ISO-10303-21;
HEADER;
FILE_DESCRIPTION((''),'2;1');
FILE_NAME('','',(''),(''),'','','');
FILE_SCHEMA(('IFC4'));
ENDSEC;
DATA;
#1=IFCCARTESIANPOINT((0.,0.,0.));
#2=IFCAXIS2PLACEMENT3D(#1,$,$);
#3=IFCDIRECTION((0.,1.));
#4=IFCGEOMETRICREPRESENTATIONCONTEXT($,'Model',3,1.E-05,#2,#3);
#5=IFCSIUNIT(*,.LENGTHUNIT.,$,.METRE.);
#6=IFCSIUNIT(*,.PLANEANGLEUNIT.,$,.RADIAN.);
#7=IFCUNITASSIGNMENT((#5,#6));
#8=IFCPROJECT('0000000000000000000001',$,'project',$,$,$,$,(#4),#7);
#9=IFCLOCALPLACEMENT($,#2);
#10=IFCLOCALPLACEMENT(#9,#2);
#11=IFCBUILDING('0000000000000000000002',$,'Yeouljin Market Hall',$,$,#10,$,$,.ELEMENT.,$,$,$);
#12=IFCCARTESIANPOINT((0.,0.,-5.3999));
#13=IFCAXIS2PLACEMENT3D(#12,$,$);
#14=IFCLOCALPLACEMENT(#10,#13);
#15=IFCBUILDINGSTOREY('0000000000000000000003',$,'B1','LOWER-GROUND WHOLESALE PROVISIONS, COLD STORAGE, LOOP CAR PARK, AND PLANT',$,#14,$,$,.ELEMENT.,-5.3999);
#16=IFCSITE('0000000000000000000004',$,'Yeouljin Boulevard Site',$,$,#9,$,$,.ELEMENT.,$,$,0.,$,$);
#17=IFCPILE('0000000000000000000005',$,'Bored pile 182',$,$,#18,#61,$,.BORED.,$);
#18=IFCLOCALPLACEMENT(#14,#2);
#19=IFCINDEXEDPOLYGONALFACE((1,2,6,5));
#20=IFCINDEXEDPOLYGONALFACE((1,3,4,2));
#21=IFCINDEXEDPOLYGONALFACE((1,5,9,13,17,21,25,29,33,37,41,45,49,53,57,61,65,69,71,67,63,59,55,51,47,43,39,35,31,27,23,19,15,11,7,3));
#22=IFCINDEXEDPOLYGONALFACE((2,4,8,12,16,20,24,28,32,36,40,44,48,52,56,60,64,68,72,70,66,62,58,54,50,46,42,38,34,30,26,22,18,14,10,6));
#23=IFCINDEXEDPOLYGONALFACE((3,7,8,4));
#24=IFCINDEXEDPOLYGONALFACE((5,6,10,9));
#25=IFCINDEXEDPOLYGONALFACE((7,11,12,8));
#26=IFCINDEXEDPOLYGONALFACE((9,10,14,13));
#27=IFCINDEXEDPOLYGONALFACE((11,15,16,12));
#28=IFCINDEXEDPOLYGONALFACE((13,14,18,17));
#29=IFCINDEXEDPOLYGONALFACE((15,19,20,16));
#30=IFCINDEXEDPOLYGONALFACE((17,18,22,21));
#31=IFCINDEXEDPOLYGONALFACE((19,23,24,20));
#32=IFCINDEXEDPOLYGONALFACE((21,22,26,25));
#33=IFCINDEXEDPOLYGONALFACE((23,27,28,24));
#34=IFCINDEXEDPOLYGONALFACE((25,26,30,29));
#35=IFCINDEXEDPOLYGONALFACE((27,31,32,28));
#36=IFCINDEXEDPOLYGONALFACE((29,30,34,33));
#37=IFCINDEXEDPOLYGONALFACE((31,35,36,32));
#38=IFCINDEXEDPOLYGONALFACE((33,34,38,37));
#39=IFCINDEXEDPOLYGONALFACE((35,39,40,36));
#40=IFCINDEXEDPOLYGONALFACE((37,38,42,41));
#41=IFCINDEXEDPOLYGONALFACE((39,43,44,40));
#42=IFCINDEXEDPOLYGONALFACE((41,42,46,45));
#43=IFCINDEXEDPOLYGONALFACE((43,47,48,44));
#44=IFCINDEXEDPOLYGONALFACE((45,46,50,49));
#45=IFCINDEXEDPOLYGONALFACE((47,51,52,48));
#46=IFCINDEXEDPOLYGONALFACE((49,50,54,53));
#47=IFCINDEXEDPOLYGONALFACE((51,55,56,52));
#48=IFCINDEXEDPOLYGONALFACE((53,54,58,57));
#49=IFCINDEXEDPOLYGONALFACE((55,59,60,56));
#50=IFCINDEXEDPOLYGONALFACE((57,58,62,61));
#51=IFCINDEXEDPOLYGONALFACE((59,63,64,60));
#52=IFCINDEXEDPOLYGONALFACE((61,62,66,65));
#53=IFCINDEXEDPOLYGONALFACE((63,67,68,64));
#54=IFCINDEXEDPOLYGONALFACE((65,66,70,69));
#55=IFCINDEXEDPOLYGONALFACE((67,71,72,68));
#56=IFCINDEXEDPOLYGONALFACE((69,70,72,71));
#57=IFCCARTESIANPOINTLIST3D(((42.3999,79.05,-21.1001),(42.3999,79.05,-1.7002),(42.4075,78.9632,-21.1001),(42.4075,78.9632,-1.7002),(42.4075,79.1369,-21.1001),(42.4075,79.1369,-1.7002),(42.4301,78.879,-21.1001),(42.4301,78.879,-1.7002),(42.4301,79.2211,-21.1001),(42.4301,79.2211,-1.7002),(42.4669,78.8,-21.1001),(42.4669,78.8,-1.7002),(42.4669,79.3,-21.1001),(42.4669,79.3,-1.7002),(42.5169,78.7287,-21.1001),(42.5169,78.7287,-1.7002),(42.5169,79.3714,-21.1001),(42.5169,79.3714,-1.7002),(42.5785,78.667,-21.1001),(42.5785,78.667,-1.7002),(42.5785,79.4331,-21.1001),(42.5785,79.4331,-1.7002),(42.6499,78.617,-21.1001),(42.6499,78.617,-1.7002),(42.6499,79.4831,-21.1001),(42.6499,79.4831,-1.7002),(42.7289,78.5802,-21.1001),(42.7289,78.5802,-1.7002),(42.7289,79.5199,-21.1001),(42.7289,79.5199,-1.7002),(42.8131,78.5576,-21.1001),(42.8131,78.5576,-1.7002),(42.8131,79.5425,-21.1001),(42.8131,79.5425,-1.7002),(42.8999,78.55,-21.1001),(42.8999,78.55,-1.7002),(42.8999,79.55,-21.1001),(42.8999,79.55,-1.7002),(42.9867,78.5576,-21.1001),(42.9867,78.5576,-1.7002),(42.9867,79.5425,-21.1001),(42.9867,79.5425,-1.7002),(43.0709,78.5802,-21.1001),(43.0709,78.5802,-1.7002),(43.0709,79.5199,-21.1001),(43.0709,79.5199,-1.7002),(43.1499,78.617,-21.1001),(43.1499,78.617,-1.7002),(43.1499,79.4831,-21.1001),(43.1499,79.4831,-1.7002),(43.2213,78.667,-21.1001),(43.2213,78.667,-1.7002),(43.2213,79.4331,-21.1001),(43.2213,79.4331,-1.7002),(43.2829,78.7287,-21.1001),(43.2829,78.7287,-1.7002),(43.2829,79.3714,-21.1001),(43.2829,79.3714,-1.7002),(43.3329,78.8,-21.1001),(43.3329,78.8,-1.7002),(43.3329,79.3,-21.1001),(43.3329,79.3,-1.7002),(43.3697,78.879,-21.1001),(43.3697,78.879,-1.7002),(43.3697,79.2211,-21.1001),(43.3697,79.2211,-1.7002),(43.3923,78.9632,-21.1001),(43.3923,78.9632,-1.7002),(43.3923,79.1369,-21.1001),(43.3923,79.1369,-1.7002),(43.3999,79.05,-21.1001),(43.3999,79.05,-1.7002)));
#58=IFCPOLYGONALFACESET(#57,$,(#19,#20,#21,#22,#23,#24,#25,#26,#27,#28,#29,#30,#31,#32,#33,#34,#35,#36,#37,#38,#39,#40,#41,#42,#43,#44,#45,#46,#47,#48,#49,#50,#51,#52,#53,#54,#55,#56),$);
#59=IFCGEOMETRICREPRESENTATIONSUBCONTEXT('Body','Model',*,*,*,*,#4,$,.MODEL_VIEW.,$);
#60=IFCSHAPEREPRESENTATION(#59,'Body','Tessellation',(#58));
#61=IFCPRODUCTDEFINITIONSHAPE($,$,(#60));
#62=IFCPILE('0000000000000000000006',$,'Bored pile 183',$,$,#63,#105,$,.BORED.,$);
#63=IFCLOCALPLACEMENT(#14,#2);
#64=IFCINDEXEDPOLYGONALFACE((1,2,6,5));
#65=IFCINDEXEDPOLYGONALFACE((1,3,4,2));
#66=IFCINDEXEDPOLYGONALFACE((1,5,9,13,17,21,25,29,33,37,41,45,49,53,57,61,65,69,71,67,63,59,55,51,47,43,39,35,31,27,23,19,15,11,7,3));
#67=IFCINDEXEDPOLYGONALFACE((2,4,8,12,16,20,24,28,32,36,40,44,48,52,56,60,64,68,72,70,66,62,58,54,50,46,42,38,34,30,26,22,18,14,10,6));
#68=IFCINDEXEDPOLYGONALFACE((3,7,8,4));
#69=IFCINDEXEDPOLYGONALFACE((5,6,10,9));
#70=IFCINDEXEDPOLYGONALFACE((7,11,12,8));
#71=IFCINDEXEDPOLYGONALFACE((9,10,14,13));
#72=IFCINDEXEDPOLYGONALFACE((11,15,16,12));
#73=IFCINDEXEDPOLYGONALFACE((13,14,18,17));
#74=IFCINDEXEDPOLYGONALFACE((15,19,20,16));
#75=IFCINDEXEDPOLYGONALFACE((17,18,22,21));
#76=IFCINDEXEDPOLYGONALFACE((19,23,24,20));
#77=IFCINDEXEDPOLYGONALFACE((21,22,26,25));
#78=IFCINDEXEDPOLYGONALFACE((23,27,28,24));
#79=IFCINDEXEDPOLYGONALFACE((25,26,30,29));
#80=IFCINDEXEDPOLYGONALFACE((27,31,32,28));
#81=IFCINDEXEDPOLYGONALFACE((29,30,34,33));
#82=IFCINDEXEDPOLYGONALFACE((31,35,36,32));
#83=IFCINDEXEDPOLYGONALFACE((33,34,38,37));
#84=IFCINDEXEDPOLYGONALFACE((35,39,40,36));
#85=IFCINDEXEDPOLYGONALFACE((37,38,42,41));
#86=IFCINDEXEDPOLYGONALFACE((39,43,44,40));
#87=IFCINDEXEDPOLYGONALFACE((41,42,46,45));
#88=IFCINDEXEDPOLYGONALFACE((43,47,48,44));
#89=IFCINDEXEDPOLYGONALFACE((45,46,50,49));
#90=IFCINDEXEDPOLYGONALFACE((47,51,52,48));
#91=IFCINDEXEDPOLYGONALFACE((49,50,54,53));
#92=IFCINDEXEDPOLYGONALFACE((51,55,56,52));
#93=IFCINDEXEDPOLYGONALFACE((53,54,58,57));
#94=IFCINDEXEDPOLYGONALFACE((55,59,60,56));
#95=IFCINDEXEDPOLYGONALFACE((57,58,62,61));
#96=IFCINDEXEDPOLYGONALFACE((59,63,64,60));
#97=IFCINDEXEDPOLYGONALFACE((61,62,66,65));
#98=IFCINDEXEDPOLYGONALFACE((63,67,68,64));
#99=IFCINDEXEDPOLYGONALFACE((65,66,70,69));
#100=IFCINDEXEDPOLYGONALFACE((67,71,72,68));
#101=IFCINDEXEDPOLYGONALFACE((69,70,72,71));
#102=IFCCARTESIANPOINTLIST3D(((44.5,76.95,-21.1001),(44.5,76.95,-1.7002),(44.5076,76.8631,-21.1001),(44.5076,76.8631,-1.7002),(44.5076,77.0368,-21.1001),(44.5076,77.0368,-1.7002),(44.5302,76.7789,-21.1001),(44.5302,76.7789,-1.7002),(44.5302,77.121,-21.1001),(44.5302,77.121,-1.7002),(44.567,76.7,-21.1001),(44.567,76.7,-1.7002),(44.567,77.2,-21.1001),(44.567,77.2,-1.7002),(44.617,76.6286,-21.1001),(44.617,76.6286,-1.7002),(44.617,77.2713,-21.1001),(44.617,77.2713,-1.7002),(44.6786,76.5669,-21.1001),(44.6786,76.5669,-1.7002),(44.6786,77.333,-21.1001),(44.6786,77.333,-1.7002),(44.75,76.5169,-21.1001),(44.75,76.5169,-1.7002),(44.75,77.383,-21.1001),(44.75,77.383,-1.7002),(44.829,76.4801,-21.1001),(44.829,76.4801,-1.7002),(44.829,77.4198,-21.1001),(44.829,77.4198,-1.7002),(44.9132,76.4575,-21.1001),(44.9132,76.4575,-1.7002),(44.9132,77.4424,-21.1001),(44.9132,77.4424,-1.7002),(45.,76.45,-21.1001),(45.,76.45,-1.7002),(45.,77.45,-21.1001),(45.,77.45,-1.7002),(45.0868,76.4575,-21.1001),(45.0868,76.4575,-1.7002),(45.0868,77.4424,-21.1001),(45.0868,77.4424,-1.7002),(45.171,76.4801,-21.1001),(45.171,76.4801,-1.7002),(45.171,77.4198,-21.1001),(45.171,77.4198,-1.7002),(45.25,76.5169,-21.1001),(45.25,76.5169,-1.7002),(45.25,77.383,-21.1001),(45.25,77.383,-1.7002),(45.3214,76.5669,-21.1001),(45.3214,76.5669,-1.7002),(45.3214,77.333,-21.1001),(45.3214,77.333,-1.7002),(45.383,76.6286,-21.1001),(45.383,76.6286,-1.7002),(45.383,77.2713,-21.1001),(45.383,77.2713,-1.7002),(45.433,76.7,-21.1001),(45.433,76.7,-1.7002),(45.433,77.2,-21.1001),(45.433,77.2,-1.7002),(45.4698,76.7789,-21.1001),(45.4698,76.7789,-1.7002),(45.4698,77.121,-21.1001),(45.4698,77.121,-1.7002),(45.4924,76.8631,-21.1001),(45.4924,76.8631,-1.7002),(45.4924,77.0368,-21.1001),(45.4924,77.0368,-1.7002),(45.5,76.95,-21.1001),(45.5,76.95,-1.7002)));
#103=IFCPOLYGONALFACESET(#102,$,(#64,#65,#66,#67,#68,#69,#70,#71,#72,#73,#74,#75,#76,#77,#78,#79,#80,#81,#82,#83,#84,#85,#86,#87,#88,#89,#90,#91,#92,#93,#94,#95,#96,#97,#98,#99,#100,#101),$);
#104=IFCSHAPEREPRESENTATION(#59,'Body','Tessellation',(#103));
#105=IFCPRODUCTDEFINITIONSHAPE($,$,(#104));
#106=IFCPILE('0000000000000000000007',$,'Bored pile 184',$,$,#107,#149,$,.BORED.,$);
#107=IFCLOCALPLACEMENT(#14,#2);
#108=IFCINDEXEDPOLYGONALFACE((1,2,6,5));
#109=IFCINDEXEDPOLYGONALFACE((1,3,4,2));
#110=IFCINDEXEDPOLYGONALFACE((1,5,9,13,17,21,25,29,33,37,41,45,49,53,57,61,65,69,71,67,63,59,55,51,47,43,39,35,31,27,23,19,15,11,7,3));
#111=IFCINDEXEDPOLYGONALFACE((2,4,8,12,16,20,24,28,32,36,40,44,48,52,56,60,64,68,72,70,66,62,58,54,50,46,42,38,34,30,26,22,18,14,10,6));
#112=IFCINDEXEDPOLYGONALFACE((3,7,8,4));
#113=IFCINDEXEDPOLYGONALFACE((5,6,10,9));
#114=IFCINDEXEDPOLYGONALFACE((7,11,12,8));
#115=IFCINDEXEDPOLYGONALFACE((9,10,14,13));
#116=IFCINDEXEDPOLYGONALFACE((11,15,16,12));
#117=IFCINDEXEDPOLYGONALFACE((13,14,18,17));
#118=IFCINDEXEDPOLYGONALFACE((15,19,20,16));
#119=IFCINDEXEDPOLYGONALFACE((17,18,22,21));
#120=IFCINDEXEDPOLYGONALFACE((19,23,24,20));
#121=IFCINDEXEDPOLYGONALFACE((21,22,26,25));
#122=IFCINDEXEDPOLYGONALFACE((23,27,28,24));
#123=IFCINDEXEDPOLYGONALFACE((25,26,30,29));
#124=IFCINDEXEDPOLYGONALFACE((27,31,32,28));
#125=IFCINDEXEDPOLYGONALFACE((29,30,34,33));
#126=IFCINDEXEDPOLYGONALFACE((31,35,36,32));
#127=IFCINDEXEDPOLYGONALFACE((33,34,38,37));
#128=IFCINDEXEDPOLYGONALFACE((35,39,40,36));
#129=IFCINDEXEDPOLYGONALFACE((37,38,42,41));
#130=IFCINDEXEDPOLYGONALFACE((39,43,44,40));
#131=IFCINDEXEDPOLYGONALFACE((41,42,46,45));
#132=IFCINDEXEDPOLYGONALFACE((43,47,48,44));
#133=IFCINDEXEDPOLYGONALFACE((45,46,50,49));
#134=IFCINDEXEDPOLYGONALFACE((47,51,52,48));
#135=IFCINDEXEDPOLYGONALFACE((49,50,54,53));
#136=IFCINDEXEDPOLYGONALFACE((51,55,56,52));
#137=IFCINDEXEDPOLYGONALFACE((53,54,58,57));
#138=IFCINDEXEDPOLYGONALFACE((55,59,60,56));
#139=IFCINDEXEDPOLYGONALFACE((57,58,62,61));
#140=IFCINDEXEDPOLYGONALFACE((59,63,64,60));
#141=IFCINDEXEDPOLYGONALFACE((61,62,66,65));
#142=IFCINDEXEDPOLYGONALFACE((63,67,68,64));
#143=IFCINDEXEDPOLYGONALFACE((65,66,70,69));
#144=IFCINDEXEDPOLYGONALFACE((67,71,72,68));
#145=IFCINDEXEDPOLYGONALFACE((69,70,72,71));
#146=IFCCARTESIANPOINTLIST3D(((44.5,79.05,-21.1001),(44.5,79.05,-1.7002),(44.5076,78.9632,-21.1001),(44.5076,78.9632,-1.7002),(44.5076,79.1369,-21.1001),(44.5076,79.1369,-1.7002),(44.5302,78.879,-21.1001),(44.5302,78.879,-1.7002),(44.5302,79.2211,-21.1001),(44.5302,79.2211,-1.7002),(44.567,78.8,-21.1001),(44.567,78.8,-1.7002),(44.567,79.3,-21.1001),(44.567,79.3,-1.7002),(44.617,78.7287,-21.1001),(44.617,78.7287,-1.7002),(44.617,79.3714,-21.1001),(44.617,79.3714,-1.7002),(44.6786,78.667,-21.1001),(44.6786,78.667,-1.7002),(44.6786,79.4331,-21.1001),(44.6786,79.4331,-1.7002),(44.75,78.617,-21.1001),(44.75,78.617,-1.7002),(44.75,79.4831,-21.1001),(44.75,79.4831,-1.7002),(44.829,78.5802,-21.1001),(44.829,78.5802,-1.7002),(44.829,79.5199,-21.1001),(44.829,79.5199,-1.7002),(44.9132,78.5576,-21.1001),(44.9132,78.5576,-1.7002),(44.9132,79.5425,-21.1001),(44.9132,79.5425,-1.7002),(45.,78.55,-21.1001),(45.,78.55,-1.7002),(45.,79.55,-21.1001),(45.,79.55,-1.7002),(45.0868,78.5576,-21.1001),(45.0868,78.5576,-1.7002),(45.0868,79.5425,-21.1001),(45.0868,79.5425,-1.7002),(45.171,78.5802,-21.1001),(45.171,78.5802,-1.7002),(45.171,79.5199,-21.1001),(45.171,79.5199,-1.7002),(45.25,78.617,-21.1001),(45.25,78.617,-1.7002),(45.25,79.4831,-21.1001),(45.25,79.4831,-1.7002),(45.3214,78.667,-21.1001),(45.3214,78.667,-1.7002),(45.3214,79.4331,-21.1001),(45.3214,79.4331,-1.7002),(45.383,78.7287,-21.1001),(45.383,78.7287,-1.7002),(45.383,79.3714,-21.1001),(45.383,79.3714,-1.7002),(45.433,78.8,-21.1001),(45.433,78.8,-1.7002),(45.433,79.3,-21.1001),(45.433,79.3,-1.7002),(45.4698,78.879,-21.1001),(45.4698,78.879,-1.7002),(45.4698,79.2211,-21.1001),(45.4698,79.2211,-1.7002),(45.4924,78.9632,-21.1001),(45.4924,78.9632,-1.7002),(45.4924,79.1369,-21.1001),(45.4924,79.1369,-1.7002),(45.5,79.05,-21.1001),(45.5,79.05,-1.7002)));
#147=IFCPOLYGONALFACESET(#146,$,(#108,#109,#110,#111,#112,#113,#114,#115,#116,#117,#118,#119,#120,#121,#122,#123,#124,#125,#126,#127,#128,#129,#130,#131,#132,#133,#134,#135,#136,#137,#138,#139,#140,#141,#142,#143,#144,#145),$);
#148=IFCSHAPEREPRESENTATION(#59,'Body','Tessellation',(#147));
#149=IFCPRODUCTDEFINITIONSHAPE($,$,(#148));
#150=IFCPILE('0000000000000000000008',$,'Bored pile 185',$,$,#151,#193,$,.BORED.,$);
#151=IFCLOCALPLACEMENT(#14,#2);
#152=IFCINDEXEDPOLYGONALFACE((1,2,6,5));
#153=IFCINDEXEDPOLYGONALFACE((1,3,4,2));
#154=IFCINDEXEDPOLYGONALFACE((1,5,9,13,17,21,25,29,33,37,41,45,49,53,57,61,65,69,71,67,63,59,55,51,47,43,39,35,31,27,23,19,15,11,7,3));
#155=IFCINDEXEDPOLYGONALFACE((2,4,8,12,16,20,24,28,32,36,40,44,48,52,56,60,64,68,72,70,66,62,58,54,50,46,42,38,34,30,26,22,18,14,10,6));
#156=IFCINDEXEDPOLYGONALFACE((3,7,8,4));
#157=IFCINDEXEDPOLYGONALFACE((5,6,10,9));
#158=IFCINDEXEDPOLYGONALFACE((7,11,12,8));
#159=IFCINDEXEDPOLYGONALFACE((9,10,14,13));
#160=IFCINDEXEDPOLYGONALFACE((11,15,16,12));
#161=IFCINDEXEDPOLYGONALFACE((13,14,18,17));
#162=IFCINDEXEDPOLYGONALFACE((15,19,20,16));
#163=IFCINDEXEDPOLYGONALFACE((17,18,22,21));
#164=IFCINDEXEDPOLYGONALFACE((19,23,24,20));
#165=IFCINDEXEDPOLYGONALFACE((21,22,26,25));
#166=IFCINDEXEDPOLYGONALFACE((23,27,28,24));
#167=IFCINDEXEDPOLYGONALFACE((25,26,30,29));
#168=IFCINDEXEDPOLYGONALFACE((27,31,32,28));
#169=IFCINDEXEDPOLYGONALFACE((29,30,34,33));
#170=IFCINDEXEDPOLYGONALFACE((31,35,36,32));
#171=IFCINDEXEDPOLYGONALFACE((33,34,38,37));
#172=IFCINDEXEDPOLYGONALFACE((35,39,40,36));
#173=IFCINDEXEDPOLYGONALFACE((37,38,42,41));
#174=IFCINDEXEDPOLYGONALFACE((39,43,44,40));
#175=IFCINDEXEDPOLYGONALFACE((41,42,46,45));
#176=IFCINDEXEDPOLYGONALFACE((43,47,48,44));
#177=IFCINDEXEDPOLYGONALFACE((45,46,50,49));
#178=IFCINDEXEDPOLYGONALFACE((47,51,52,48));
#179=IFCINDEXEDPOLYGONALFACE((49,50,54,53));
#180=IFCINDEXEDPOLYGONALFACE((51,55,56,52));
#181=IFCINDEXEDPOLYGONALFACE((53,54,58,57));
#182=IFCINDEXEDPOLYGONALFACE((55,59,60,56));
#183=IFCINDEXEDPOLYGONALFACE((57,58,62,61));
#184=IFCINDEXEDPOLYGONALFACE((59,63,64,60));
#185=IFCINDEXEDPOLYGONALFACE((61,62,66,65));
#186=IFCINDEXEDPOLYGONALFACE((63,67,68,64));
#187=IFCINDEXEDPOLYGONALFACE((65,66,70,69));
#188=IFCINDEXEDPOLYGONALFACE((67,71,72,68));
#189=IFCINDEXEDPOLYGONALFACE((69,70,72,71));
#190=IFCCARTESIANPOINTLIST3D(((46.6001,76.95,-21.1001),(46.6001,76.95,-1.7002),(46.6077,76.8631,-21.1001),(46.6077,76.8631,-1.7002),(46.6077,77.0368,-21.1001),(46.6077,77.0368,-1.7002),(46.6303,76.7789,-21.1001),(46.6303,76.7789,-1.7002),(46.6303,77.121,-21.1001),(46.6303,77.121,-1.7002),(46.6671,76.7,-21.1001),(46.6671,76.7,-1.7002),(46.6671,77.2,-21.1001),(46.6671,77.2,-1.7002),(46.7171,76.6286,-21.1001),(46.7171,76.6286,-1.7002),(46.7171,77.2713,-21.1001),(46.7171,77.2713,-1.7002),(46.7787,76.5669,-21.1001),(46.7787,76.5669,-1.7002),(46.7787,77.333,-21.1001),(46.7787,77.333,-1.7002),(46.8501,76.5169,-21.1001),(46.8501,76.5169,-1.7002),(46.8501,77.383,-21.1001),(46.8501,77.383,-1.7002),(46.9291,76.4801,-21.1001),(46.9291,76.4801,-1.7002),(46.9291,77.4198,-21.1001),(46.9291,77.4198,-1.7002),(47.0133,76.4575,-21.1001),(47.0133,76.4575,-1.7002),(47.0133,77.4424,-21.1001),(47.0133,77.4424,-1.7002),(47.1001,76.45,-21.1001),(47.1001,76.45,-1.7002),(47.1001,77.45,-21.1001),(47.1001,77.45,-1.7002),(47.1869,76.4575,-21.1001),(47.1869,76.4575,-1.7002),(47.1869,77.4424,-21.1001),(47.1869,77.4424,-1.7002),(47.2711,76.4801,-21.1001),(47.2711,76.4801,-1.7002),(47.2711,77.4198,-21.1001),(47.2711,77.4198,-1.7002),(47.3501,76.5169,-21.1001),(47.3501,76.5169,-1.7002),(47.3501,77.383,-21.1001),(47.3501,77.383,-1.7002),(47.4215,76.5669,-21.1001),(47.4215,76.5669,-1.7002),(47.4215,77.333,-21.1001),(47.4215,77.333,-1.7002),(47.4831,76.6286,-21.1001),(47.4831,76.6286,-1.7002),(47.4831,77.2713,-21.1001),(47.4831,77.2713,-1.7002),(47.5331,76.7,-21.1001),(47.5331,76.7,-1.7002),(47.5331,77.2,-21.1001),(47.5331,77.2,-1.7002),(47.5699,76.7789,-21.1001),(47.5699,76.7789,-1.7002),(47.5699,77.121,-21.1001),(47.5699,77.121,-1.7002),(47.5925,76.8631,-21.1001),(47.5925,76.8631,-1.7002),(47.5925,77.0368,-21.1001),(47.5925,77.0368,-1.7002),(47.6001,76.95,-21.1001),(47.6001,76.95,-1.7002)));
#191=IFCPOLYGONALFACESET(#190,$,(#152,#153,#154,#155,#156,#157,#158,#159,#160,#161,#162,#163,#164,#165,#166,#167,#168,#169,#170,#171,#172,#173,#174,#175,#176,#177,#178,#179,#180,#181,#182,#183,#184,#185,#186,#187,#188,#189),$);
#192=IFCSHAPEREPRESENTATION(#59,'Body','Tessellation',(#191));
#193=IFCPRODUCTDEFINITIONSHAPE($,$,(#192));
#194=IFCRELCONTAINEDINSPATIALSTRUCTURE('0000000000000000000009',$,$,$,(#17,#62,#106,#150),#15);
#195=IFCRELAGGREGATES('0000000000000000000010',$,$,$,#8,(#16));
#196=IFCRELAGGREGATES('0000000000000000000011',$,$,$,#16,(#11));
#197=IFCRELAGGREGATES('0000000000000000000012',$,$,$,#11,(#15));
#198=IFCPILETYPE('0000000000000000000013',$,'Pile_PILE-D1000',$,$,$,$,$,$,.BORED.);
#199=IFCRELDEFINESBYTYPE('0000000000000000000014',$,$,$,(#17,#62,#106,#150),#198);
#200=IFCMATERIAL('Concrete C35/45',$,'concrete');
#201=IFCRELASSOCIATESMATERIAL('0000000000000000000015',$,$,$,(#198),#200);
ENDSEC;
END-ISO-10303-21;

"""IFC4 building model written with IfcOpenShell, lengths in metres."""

from ifc_helpers import new_model, si_unit, direction, frame, origin, origin_2d, place, context, subcontext, project, spatial, circle, extrude, material, material_profile, profile_set, type_object, element, save


model = new_model("IFC4")

# Units and contexts
model_context = context("Model", 3, precision=1e-05, world=origin(), true_north=direction((0.0, 1.0)))
body_context = subcontext(model_context, "Body", "Model", "MODEL_VIEW")
ifc_project = project(units=[si_unit("LENGTHUNIT", "METRE"), si_unit("PLANEANGLEUNIT", "RADIAN")], contexts=[model_context])

# Site, building, storey
site_placement = place(None, origin())
site = spatial("IfcSite", under=ifc_project, at=site_placement, Name="Yeouljin Boulevard Site", CompositionType="ELEMENT", RefElevation=0.0)
building_placement = place(site_placement, origin())
building = spatial("IfcBuilding", under=site, at=building_placement, Name="Yeouljin Market Hall", CompositionType="ELEMENT")
storey_placement = place(building_placement, frame((0.0, 0.0, -5.3999)))
storey = spatial("IfcBuildingStorey", under=building, at=storey_placement, Name="B1", Description="LOWER-GROUND WHOLESALE PROVISIONS, COLD STORAGE, LOOP CAR PARK, AND PLANT", CompositionType="ELEMENT", Elevation=-5.3999)

# Piles
ifc_material_1 = material(Name="Concrete C35/45", Category="concrete")
ifc_material_profile_1 = material_profile(ifc_material_1, circle(Radius=0.5, at=origin_2d()), Name="PILE-D1000")
ifc_profile_set_1 = profile_set([ifc_material_profile_1], Name="Concrete C35/45")
pile_type_1 = type_object("IfcPileType", Name="Pile_PILE-D1000", PredefinedType="BORED", material=ifc_profile_set_1)
for number, where, z_axis, x_axis, name in (
    (1, (42.8999, 79.05, -1.7002), (0.0, 0.0, -1.0), (1.0, 0.0, 0.0), "Bored pile 182"),
    (2, (45.0, 76.95, -1.7002), (0.0, 0.0, -1.0), (1.0, 0.0, 0.0), "Bored pile 183"),
    (3, (45.0, 79.05, -1.7002), (0.0, 0.0, -1.0), (1.0, 0.0, 0.0), "Bored pile 184"),
    (4, (47.1001, 76.95, -1.7002), (0.0, 0.0, -1.0), (1.0, 0.0, 0.0), "Bored pile 185"),
):
    element("IfcPile", number, at=place(storey_placement, frame(where, z_axis=z_axis, x_axis=x_axis)), inside=storey, type_object=pile_type_1, Name=name, PredefinedType="BORED", context=body_context, shape_type="SweptSolid", body=[
        extrude(circle(Radius=0.5, at=origin_2d()), origin(), (0.0, 0.0, 1.0), 19.3999),
    ])

save(model, "model.ifc")
